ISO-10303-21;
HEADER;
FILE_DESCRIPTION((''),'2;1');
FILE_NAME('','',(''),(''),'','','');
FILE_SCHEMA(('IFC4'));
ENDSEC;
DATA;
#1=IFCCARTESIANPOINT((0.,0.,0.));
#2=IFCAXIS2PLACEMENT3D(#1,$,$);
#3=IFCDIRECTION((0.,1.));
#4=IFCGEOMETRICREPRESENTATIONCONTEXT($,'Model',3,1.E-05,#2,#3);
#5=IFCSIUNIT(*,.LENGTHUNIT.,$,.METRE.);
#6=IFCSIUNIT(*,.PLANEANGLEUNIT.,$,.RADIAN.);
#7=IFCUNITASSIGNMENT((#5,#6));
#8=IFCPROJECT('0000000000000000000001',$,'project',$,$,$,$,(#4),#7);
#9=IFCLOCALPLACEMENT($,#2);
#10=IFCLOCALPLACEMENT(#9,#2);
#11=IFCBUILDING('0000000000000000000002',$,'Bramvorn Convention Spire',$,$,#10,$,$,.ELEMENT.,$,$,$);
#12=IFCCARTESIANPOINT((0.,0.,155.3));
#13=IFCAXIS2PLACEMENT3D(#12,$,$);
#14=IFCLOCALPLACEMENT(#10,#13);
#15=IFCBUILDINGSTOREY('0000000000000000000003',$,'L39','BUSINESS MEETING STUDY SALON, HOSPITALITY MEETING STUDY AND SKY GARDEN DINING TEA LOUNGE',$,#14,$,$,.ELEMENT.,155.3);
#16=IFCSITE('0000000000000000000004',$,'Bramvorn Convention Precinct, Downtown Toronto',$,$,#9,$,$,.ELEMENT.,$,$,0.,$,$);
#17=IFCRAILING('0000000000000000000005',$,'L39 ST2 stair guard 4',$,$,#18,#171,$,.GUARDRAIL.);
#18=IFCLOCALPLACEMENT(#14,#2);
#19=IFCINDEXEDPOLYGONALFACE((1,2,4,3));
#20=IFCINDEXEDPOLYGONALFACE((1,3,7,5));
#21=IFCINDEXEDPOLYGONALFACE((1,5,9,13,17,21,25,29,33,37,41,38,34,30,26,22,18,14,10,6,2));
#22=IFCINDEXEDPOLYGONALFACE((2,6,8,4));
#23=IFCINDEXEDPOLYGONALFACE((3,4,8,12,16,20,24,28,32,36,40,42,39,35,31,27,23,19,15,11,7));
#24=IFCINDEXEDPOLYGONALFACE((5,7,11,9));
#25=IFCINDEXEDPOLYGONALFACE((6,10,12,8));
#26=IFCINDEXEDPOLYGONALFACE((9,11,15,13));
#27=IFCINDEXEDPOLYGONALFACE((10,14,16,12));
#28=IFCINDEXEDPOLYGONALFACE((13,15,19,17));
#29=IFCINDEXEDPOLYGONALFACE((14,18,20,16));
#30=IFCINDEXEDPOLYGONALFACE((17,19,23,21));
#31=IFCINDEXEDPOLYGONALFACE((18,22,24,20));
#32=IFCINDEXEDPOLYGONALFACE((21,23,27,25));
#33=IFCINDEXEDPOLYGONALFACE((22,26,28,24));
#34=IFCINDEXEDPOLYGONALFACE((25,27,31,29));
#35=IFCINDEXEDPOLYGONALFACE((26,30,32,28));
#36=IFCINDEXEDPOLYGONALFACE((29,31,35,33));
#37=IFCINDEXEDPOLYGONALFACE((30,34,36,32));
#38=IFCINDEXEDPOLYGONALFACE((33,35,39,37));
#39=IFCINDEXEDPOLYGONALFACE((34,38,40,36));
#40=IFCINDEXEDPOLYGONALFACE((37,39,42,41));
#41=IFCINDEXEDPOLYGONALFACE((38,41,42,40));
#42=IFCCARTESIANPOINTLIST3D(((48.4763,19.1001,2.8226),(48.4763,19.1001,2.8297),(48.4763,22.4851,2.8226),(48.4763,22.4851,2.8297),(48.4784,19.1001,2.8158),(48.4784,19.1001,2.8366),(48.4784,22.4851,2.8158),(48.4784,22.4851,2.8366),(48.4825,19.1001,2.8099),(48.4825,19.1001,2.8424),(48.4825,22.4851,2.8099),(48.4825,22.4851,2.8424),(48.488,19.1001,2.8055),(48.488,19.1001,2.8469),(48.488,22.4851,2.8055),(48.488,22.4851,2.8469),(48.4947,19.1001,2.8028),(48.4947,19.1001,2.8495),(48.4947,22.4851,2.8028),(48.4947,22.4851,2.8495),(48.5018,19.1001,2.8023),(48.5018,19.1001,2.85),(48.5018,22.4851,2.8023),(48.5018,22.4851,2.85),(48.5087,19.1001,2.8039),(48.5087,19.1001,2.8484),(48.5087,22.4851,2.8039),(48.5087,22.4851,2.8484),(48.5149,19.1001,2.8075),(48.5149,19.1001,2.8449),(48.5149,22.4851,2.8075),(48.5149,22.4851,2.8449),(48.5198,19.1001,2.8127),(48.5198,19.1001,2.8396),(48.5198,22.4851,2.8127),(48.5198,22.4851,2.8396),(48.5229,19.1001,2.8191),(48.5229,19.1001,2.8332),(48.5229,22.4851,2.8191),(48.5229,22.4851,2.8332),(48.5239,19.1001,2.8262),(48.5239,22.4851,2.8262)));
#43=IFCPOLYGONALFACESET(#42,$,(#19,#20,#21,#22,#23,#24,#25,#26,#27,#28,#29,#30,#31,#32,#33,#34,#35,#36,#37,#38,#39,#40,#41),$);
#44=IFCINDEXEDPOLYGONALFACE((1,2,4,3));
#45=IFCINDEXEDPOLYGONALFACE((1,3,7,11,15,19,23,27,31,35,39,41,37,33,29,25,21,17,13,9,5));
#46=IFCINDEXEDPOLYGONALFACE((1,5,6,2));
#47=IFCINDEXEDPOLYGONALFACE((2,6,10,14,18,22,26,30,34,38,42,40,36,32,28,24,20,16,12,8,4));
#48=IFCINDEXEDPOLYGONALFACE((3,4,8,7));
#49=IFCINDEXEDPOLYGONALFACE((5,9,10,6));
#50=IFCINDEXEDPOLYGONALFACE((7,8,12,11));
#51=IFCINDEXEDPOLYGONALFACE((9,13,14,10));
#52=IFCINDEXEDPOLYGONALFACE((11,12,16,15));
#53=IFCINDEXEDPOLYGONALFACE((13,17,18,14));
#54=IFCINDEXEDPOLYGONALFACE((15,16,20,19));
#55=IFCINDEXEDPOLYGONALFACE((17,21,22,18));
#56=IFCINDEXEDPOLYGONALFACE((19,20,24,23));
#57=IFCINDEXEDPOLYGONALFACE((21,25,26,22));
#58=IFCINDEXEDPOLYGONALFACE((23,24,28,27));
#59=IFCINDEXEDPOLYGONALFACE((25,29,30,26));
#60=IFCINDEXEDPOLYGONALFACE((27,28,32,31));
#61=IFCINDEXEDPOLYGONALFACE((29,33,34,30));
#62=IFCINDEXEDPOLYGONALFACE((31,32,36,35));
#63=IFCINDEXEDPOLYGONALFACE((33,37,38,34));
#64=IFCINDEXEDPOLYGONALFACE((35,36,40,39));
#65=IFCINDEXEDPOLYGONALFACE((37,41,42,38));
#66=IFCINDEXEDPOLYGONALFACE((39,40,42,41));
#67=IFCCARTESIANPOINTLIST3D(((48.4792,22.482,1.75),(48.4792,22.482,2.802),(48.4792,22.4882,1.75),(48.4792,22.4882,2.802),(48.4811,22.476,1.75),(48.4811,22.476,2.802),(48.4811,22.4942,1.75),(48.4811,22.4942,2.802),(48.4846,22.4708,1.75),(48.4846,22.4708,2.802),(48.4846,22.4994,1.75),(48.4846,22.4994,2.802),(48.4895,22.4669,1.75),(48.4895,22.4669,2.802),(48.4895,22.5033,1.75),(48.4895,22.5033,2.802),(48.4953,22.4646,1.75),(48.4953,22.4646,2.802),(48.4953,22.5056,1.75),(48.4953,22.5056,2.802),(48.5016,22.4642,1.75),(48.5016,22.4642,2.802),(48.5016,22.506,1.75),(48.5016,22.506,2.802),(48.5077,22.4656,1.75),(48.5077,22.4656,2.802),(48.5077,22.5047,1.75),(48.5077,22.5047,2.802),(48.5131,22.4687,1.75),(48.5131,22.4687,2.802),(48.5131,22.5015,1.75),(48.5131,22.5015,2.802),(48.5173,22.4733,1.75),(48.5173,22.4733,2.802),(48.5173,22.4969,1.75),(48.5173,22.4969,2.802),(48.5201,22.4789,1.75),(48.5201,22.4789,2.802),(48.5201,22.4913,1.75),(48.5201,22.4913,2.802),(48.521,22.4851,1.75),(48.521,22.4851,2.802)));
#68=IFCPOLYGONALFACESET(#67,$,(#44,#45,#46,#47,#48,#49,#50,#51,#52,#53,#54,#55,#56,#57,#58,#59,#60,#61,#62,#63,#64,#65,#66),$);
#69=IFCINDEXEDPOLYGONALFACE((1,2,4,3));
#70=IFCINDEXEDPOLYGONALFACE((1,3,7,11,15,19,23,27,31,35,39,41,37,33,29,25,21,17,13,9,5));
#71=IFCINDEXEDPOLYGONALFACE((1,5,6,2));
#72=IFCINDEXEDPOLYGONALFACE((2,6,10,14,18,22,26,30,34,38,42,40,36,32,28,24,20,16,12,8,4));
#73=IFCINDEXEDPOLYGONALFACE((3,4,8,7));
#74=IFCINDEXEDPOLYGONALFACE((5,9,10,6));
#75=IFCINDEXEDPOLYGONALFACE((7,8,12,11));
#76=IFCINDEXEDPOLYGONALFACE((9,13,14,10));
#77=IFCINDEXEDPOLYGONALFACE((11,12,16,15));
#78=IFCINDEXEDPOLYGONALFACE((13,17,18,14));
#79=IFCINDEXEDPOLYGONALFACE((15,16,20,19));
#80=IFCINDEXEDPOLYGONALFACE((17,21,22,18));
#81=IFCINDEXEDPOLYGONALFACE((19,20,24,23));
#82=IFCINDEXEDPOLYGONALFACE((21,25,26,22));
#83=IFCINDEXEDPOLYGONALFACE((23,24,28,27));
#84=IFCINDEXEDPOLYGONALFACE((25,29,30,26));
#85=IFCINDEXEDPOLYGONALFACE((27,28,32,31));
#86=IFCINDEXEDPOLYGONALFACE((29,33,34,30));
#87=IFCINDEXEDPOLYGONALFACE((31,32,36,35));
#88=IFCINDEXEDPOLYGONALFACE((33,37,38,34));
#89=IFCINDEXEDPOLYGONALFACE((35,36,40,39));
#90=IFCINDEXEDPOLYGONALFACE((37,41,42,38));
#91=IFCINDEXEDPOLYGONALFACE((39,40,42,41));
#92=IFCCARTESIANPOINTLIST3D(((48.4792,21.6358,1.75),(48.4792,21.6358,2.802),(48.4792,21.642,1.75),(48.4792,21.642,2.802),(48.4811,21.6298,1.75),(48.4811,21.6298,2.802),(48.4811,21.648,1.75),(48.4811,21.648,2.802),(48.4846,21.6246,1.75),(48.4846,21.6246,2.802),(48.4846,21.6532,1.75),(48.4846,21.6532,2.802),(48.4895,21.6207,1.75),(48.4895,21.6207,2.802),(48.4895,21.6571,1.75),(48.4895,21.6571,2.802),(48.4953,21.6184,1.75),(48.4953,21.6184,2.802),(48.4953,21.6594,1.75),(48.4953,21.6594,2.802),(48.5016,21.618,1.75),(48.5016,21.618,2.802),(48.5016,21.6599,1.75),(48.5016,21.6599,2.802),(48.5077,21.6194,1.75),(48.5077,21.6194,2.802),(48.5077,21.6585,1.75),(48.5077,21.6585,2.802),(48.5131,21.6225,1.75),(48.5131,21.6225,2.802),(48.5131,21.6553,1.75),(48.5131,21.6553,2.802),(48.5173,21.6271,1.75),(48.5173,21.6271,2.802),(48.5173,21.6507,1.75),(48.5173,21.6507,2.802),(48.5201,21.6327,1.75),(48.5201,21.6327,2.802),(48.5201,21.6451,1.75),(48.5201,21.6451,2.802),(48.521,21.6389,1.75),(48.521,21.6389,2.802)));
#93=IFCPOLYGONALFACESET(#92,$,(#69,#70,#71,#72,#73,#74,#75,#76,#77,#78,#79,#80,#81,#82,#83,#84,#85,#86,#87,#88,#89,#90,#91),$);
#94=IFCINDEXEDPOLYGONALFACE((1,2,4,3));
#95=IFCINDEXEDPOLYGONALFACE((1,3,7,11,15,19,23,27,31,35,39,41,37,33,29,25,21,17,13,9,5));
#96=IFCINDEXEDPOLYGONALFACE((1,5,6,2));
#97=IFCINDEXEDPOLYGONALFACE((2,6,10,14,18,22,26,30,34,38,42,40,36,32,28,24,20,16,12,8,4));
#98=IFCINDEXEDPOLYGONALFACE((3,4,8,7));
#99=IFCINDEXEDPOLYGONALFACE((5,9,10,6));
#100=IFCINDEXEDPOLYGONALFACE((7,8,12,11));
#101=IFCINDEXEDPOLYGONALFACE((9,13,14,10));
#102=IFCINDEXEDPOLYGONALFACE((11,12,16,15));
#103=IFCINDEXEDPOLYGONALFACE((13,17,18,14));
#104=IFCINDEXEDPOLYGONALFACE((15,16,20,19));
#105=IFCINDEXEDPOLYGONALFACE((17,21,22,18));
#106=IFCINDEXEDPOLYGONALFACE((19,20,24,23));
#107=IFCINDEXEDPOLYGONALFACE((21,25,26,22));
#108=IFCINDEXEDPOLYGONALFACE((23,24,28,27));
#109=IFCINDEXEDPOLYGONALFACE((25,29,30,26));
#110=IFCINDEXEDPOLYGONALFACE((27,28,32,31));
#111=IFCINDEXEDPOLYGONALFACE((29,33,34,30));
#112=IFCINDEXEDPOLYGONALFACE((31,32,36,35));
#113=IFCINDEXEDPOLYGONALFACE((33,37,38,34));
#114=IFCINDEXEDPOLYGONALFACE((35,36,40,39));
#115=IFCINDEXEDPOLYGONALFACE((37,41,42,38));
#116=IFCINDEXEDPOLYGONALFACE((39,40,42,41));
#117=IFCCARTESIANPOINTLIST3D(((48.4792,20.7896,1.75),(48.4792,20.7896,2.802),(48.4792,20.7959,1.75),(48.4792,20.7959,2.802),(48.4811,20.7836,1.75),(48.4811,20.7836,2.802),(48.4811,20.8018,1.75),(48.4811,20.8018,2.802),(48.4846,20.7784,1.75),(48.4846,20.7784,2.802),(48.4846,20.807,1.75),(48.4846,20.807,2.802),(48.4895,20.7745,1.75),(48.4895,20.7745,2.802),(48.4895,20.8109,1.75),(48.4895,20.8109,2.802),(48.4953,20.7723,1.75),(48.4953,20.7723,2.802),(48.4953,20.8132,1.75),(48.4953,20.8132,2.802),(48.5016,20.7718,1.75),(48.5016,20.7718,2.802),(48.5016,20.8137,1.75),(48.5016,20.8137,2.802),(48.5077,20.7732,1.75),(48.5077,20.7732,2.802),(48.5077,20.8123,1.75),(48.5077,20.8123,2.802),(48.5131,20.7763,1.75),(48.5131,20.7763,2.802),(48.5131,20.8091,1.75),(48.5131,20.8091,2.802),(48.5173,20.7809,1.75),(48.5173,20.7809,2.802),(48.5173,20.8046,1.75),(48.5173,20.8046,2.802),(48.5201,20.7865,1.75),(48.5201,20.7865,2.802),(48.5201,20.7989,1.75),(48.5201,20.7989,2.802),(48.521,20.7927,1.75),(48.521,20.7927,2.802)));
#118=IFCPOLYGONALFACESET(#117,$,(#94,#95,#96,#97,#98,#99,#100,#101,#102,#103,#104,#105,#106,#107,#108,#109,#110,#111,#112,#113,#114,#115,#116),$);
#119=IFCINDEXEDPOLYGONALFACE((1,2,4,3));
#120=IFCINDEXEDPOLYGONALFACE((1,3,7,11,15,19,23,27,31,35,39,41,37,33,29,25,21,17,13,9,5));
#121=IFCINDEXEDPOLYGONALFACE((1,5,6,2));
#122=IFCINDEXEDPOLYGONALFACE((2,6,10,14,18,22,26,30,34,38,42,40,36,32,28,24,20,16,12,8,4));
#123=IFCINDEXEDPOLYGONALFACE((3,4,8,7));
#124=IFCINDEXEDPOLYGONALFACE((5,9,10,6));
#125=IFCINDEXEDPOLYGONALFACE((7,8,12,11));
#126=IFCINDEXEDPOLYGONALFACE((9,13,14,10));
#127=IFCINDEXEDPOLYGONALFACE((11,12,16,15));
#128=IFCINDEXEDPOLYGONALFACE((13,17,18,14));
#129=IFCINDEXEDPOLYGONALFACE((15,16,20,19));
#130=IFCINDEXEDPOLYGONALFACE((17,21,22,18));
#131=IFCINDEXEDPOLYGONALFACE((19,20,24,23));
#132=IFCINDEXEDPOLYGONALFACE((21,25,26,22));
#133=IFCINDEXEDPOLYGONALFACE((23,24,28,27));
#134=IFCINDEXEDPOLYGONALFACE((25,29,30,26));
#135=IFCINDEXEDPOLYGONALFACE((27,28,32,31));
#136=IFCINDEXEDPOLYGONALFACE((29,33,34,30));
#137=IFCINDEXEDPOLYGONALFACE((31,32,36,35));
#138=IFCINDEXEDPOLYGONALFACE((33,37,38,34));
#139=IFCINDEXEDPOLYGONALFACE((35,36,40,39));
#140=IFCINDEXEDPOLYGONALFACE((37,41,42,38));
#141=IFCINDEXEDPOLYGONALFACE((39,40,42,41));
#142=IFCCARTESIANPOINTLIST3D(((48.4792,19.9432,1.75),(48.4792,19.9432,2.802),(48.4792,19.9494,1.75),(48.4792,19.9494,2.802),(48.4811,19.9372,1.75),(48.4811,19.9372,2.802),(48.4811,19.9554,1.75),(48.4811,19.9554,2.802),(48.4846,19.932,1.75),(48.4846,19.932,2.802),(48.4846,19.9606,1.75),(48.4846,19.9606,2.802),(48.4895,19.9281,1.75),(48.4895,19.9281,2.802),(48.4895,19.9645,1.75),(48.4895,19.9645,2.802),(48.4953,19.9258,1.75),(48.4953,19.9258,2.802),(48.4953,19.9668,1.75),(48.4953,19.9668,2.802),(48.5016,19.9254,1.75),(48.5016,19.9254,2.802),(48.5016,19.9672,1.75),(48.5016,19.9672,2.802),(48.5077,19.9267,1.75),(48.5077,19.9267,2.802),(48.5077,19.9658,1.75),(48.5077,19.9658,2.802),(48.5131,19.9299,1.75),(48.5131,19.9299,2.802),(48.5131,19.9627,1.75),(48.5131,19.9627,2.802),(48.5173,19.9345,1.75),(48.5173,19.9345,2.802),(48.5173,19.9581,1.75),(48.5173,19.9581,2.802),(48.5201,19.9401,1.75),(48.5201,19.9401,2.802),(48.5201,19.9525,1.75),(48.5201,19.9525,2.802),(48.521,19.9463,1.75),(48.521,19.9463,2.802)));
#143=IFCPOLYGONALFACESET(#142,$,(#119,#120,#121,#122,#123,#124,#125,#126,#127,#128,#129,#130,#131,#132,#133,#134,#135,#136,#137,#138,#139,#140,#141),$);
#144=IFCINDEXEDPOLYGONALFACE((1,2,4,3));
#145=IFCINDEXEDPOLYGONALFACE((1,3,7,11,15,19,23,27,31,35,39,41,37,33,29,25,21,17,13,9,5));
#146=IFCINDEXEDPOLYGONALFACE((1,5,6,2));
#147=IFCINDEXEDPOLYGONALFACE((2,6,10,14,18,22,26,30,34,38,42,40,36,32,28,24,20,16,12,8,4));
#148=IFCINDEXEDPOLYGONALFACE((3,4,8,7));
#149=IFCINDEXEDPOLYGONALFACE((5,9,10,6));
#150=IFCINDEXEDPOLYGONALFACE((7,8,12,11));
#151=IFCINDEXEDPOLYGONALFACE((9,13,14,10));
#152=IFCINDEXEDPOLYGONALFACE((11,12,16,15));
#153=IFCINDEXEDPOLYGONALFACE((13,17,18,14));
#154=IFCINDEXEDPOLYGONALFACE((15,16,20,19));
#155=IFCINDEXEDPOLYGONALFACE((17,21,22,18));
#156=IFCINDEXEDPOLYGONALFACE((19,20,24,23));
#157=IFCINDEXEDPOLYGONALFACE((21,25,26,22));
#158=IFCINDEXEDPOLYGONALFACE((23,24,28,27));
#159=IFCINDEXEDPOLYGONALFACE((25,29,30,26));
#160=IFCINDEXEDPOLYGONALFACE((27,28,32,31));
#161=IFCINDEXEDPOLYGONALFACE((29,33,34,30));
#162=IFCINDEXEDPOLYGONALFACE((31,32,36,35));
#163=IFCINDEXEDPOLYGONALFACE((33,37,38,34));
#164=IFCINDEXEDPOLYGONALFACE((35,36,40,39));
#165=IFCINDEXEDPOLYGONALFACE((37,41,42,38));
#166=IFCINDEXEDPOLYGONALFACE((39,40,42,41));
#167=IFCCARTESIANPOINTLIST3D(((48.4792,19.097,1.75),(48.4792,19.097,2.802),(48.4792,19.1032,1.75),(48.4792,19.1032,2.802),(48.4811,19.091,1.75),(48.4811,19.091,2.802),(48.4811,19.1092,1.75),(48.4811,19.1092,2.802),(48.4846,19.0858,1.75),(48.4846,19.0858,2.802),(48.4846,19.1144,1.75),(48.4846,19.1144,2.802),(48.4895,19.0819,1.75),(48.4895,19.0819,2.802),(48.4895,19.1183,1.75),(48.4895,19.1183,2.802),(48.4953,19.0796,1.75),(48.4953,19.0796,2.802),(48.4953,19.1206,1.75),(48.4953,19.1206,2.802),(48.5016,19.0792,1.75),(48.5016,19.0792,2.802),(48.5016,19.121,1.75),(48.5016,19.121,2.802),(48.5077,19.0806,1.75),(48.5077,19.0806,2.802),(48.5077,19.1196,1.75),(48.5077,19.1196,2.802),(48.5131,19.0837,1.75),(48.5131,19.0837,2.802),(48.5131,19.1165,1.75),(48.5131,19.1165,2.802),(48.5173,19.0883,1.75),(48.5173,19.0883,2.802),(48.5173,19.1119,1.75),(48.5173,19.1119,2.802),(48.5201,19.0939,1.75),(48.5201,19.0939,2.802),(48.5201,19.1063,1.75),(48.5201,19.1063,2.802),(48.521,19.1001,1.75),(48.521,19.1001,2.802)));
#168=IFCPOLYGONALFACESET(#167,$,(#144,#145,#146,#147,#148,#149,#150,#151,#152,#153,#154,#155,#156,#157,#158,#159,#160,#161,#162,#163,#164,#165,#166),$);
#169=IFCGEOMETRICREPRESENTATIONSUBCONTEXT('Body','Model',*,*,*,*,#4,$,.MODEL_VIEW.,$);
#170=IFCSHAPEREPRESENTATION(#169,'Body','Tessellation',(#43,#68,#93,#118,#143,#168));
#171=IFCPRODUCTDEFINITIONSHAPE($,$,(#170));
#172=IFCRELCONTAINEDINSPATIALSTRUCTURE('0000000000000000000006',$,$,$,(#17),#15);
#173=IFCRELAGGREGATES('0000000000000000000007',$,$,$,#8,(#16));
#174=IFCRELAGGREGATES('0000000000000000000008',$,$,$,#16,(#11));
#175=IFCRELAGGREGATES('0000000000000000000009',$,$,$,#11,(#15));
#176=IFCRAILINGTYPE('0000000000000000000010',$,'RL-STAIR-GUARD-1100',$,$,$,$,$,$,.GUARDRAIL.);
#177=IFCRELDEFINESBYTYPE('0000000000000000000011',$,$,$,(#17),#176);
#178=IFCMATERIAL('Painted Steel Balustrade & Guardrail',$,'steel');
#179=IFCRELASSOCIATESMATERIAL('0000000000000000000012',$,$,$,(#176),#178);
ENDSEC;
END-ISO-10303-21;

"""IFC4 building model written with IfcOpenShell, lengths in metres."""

from ifc_helpers import new_model, si_unit, direction, frame, origin, origin_2d, place, context, subcontext, project, spatial, circle, extrude, material, type_object, element, save


model = new_model("IFC4")

# Units and contexts
model_context = context("Model", 3, precision=1e-05, world=origin(), true_north=direction((0.0, 1.0)))
body_context = subcontext(model_context, "Body", "Model", "MODEL_VIEW")
ifc_project = project(units=[si_unit("LENGTHUNIT", "METRE"), si_unit("PLANEANGLEUNIT", "RADIAN")], contexts=[model_context])

# Site, building, storey
site_placement = place(None, origin())
site = spatial("IfcSite", under=ifc_project, at=site_placement, Name="Bramvorn Convention Precinct, Downtown Toronto", CompositionType="ELEMENT", RefElevation=0.0)
building_placement = place(site_placement, origin())
building = spatial("IfcBuilding", under=site, at=building_placement, Name="Bramvorn Convention Spire", CompositionType="ELEMENT")
storey_placement = place(building_placement, frame((0.0, 0.0, 155.3)))
storey = spatial("IfcBuildingStorey", under=building, at=storey_placement, Name="L39", Description="BUSINESS MEETING STUDY SALON, HOSPITALITY MEETING STUDY AND SKY GARDEN DINING TEA LOUNGE", CompositionType="ELEMENT", Elevation=155.3)

# Railing
ifc_material_1 = material(Name="Painted Steel Balustrade & Guardrail", Category="steel")
railing_type_1 = type_object("IfcRailingType", Name="RL-STAIR-GUARD-1100", PredefinedType="GUARDRAIL", material=ifc_material_1)
railing_1_placement = place(storey_placement, frame((48.5, 22.4851, 1.75)))
element("IfcRailing", 1, at=railing_1_placement, inside=storey, type_object=railing_type_1, Name="L39 ST2 stair guard 4", PredefinedType="GUARDRAIL", context=body_context, shape_type="SweptSolid", body=[
    extrude(circle(Radius=0.0239, at=origin_2d()), frame((0.0, 0.0, 1.0762), z_axis=(0.0, -1.0, 0.0), x_axis=(1.0, 0.0, 0.0)), (0.0, 0.0, 1.0), 3.385),
    extrude(circle(Radius=0.021, at=origin_2d()), origin(), (0.0, 0.0, 1.0), 1.052),
    extrude(circle(Radius=0.021, at=origin_2d()), frame((0.0, -0.8462, 0.0)), (0.0, 0.0, 1.0), 1.052),
    extrude(circle(Radius=0.021, at=origin_2d()), frame((0.0, -1.6924, 0.0)), (0.0, 0.0, 1.0), 1.052),
    extrude(circle(Radius=0.021, at=origin_2d()), frame((0.0, -2.5388, 0.0)), (0.0, 0.0, 1.0), 1.052),
    extrude(circle(Radius=0.021, at=origin_2d()), frame((0.0, -3.385, 0.0)), (0.0, 0.0, 1.0), 1.052),
])

save(model, "model.ifc")
